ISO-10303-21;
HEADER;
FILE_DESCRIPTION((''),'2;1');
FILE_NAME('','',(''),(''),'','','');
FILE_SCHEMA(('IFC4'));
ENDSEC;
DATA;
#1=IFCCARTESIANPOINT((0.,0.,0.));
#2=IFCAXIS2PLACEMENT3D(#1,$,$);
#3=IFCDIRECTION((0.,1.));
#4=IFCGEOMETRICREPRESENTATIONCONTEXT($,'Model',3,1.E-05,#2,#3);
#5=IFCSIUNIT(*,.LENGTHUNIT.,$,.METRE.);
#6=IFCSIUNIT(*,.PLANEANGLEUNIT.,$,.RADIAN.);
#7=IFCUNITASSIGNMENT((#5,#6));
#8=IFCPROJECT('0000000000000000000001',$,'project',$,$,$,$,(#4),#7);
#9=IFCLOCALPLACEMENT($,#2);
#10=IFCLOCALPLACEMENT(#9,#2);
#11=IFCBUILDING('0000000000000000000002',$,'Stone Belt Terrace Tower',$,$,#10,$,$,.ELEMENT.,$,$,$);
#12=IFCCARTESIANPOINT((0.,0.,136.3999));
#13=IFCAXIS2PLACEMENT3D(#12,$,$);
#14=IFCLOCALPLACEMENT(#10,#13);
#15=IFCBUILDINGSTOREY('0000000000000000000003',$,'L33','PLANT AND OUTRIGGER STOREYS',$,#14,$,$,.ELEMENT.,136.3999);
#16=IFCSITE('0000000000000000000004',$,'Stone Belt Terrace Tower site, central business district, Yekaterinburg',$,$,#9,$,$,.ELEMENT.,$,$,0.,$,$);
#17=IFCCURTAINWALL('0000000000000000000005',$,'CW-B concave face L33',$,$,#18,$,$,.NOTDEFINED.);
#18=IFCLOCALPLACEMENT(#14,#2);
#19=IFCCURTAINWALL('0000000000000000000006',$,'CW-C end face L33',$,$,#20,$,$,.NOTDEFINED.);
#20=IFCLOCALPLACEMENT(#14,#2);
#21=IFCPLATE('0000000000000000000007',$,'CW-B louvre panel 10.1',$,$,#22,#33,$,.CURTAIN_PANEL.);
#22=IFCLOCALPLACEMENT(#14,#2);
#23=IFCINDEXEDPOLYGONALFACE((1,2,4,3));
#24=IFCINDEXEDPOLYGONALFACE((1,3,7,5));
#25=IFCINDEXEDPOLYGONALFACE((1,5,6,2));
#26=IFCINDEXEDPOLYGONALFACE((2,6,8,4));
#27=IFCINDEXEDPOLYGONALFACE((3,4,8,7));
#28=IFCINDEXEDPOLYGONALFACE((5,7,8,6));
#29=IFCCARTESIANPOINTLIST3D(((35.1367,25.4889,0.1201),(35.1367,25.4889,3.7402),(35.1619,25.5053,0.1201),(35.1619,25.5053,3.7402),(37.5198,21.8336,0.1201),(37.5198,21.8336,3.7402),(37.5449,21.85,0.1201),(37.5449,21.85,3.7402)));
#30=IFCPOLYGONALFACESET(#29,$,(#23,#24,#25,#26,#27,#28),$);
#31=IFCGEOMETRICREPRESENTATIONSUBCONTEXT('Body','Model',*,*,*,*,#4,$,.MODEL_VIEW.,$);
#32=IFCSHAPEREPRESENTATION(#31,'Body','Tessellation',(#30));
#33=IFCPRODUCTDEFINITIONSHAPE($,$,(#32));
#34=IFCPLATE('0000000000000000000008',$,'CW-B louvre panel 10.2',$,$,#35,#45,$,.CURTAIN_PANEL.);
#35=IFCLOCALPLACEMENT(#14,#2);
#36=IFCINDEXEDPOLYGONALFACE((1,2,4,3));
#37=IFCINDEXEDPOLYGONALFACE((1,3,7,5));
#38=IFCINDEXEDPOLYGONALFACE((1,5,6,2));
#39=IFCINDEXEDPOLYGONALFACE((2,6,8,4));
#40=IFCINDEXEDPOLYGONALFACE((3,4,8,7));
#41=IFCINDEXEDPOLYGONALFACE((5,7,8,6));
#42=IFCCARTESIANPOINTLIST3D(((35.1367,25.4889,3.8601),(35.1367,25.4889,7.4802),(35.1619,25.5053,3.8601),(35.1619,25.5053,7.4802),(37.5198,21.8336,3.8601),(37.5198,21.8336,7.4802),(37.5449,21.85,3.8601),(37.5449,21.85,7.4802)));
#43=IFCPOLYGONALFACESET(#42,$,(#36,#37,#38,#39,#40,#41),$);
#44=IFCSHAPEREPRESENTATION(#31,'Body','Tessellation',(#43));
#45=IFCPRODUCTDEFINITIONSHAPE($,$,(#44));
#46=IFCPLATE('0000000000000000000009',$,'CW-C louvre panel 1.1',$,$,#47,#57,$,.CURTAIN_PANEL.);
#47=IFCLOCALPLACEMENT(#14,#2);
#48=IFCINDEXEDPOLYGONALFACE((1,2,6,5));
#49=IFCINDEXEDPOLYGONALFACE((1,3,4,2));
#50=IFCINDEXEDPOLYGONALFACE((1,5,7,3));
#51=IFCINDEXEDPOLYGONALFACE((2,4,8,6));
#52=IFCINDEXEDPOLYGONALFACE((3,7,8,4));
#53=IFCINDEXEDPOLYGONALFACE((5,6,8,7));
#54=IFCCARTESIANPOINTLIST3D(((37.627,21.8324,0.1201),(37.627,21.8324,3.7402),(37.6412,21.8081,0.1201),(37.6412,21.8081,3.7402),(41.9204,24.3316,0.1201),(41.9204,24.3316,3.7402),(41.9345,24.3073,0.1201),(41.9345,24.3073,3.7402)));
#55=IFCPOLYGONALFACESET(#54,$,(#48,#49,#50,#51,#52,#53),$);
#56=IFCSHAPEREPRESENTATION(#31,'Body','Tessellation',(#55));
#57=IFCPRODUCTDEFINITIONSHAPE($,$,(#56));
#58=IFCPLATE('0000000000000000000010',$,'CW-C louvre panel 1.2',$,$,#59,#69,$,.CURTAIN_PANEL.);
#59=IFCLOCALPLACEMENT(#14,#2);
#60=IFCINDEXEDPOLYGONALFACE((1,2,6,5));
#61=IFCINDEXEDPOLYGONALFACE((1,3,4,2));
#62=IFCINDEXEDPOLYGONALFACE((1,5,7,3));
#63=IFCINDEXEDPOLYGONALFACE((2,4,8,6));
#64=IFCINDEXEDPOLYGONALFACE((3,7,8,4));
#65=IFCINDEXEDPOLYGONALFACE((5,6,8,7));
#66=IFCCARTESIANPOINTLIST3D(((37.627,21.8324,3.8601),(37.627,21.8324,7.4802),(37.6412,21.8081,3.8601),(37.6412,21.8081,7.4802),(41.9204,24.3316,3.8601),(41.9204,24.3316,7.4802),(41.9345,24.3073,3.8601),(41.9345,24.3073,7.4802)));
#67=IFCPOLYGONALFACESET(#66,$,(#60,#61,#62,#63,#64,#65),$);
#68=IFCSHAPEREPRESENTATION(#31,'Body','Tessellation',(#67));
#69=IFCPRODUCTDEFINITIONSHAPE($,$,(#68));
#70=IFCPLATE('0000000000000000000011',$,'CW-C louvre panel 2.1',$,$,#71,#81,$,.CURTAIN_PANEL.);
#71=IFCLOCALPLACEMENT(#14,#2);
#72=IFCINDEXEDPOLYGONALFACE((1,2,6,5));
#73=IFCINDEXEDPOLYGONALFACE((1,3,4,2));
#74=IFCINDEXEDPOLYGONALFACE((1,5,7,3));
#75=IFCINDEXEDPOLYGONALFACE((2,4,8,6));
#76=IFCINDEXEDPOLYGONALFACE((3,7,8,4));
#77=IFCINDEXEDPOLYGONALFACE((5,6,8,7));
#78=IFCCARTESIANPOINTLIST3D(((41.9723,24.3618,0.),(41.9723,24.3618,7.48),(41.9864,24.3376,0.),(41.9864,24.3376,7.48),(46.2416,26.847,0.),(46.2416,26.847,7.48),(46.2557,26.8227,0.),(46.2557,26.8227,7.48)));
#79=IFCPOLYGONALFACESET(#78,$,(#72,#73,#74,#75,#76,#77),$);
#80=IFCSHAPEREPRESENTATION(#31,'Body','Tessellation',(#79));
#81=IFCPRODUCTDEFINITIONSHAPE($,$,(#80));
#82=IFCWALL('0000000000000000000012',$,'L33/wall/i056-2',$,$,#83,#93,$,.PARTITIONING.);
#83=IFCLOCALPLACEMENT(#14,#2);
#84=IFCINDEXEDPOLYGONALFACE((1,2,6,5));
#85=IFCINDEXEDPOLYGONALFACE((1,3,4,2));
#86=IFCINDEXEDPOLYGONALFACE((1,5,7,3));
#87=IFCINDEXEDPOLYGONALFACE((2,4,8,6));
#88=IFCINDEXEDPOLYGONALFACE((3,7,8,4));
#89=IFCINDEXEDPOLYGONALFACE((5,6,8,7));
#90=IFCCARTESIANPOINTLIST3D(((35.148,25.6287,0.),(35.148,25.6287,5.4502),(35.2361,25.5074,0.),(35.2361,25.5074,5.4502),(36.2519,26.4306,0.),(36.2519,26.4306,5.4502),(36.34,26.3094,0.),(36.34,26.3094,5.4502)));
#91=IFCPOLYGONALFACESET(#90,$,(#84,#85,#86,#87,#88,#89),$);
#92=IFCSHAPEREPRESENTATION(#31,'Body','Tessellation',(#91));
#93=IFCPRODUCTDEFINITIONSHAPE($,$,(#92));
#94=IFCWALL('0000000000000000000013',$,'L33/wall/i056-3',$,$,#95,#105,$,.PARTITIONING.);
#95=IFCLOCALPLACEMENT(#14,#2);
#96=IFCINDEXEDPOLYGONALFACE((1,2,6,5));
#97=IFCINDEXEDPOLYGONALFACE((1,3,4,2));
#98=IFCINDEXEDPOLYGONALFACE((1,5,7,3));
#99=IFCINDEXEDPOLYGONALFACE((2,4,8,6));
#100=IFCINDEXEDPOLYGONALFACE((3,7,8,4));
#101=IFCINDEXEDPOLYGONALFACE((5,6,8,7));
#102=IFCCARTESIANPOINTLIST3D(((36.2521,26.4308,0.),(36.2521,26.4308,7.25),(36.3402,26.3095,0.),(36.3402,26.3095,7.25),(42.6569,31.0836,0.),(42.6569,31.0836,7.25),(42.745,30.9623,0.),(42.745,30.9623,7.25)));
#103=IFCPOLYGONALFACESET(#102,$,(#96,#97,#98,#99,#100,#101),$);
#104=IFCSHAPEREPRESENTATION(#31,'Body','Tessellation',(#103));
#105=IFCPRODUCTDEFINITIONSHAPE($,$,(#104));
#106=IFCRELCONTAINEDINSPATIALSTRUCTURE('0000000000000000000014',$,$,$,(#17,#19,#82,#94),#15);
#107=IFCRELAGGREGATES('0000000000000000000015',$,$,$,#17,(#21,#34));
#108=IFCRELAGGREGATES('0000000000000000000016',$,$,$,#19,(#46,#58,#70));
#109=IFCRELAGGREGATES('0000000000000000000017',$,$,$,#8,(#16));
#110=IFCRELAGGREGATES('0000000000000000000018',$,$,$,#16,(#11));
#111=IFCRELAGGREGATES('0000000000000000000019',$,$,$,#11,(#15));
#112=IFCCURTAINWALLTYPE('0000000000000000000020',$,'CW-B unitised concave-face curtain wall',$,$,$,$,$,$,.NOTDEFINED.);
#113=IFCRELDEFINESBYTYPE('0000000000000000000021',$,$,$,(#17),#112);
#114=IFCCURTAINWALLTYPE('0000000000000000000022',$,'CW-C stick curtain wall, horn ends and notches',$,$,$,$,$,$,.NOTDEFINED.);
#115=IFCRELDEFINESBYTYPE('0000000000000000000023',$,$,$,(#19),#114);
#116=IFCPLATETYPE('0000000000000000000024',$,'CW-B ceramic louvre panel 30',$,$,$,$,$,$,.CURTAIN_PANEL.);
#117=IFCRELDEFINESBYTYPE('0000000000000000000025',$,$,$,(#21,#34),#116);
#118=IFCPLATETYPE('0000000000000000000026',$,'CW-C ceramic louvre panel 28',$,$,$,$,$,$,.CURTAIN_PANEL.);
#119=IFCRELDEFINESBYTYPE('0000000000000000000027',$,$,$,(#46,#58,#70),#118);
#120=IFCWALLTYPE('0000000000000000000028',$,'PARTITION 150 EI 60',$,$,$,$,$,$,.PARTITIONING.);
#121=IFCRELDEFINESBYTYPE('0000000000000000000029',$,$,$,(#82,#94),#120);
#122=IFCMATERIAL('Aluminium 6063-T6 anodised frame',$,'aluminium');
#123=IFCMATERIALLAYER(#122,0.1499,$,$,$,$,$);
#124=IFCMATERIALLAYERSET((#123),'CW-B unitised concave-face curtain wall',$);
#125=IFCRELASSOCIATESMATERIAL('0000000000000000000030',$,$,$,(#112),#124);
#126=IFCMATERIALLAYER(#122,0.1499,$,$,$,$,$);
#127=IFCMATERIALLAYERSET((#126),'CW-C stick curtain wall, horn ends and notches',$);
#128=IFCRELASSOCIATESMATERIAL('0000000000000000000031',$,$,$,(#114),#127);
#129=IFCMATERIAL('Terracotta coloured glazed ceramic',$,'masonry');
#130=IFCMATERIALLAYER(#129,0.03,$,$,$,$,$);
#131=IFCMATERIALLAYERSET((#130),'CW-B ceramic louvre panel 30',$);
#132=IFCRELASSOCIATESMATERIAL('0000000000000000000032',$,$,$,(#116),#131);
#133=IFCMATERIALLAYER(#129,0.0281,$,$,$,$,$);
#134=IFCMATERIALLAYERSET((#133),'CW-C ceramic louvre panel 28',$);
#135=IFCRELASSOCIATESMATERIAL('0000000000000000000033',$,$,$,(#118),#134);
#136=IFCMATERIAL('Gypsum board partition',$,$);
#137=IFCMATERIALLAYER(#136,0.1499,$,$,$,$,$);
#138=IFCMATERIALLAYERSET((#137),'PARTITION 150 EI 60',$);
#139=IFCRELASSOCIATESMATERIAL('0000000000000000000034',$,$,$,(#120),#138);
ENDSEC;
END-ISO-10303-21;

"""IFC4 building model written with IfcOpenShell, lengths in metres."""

from ifc_helpers import new_model, si_unit, direction, frame, frame_2d, origin, origin_2d, place, context, subcontext, project, spatial, rectangle, extrude, material, layer, layer_set, type_object, element, aggregate, save


model = new_model("IFC4")

# Units and contexts
model_context = context("Model", 3, precision=1e-05, world=origin(), true_north=direction((0.0, 1.0)))
body_context = subcontext(model_context, "Body", "Model", "MODEL_VIEW")
ifc_project = project(units=[si_unit("LENGTHUNIT", "METRE"), si_unit("PLANEANGLEUNIT", "RADIAN")], contexts=[model_context])

# Site, building, storey
site_placement = place(None, origin())
site = spatial("IfcSite", under=ifc_project, at=site_placement, Name="Stone Belt Terrace Tower site, central business district, Yekaterinburg", CompositionType="ELEMENT", RefElevation=0.0)
building_placement = place(site_placement, origin())
building = spatial("IfcBuilding", under=site, at=building_placement, Name="Stone Belt Terrace Tower", CompositionType="ELEMENT")
storey_placement = place(building_placement, frame((0.0, 0.0, 136.3999)))
storey = spatial("IfcBuildingStorey", under=building, at=storey_placement, Name="L33", Description="PLANT AND OUTRIGGER STOREYS", CompositionType="ELEMENT", Elevation=136.3999)

# Curtain walls
ifc_material_1 = material(Name="Aluminium 6063-T6 anodised frame", Category="aluminium")
ifc_layer_1 = layer(ifc_material_1, 0.1499)
ifc_layer_set_1 = layer_set([ifc_layer_1], Name="CW-B unitised concave-face curtain wall")
curtain_wall_type_1 = type_object("IfcCurtainWallType", Name="CW-B unitised concave-face curtain wall", PredefinedType="NOTDEFINED", material=ifc_layer_set_1)
curtain_wall_1_placement = place(storey_placement, origin())
curtain_wall_1 = element("IfcCurtainWall", 1, at=curtain_wall_1_placement, inside=storey, type_object=curtain_wall_type_1, Name="CW-B concave face L33", PredefinedType="NOTDEFINED")
ifc_layer_2 = layer(ifc_material_1, 0.1499)
ifc_layer_set_2 = layer_set([ifc_layer_2], Name="CW-C stick curtain wall, horn ends and notches")
curtain_wall_type_2 = type_object("IfcCurtainWallType", Name="CW-C stick curtain wall, horn ends and notches", PredefinedType="NOTDEFINED", material=ifc_layer_set_2)
curtain_wall_2_placement = place(storey_placement, origin())
curtain_wall_2 = element("IfcCurtainWall", 2, at=curtain_wall_2_placement, inside=storey, type_object=curtain_wall_type_2, Name="CW-C end face L33", PredefinedType="NOTDEFINED")

# Plates
ifc_material_2 = material(Name="Terracotta coloured glazed ceramic", Category="masonry")
ifc_layer_3 = layer(ifc_material_2, 0.03)
ifc_layer_set_3 = layer_set([ifc_layer_3], Name="CW-B ceramic louvre panel 30")
plate_type_1 = type_object("IfcPlateType", Name="CW-B ceramic louvre panel 30", PredefinedType="CURTAIN_PANEL", material=ifc_layer_set_3)
plate_1_placement = place(storey_placement, frame((36.3408, 23.6694, 0.1201), z_axis=(0.0, 0.0, 1.0), x_axis=(0.546132, -0.837699, 0.0)))
plate_1 = element("IfcPlate", 3, at=plate_1_placement, type_object=plate_type_1, Name="CW-B louvre panel 10.1", PredefinedType="CURTAIN_PANEL", context=body_context, shape_type="SweptSolid", body=[
    extrude(rectangle(XDim=4.3635, YDim=0.03, at=origin_2d()), origin(), (0.0, 0.0, 1.0), 3.6201),
])
plate_2_placement = place(storey_placement, frame((36.3408, 23.6694, 3.8601), z_axis=(0.0, 0.0, 1.0), x_axis=(0.546132, -0.837699, 0.0)))
plate_2 = element("IfcPlate", 4, at=plate_2_placement, type_object=plate_type_1, Name="CW-B louvre panel 10.2", PredefinedType="CURTAIN_PANEL", context=body_context, shape_type="SweptSolid", body=[
    extrude(rectangle(XDim=4.3635, YDim=0.03, at=origin_2d()), origin(), (0.0, 0.0, 1.0), 3.6201),
])
aggregate(curtain_wall_1, [plate_1, plate_2])
ifc_layer_4 = layer(ifc_material_2, 0.0281)
ifc_layer_set_4 = layer_set([ifc_layer_4], Name="CW-C ceramic louvre panel 28")
plate_type_2 = type_object("IfcPlateType", Name="CW-C ceramic louvre panel 28", PredefinedType="CURTAIN_PANEL", material=ifc_layer_set_4)
plate_3_placement = place(storey_placement, frame((39.7808, 23.0698, 0.1201), z_axis=(0.0, 0.0, 1.0), x_axis=(0.864239, 0.503081, 0.0)))
plate_3 = element("IfcPlate", 5, at=plate_3_placement, type_object=plate_type_2, Name="CW-C louvre panel 1.1", PredefinedType="CURTAIN_PANEL", context=body_context, shape_type="SweptSolid", body=[
    extrude(rectangle(XDim=4.9678, YDim=0.0281, at=origin_2d()), origin(), (0.0, 0.0, 1.0), 3.6201),
])
plate_4_placement = place(storey_placement, frame((39.7808, 23.0698, 3.8601), z_axis=(0.0, 0.0, 1.0), x_axis=(0.864239, 0.503081, 0.0)))
plate_4 = element("IfcPlate", 6, at=plate_4_placement, type_object=plate_type_2, Name="CW-C louvre panel 1.2", PredefinedType="CURTAIN_PANEL", context=body_context, shape_type="SweptSolid", body=[
    extrude(rectangle(XDim=4.9678, YDim=0.0281, at=origin_2d()), origin(), (0.0, 0.0, 1.0), 3.6201),
])
plate_5_placement = place(storey_placement, frame((44.114, 25.5923, 0.0), z_axis=(0.0, 0.0, 1.0), x_axis=(0.864239, 0.503081, 0.0)))
plate_5 = element("IfcPlate", 7, at=plate_5_placement, type_object=plate_type_2, Name="CW-C louvre panel 2.1", PredefinedType="CURTAIN_PANEL", context=body_context, shape_type="SweptSolid", body=[
    extrude(rectangle(XDim=4.9399, YDim=0.0281, at=origin_2d()), origin(), (0.0, 0.0, 1.0), 7.48),
])
aggregate(curtain_wall_2, [plate_3, plate_4, plate_5])

# Walls
ifc_material_3 = material(Name="Gypsum board partition")
ifc_layer_5 = layer(ifc_material_3, 0.1499)
ifc_layer_set_5 = layer_set([ifc_layer_5], Name="PARTITION 150 EI 60")
wall_type = type_object("IfcWallType", Name="PARTITION 150 EI 60", PredefinedType="PARTITIONING", material=ifc_layer_set_5)
wall_1_placement = place(storey_placement, frame((35.1921, 25.5681, 0.0), z_axis=(0.0, 0.0, 1.0), x_axis=(0.809053, 0.587735, 0.0)))
element("IfcWall", 8, at=wall_1_placement, inside=storey, type_object=wall_type, Name="L33/wall/i056-2", PredefinedType="PARTITIONING", context=body_context, shape_type="SweptSolid", body=[
    extrude(rectangle(XDim=1.3645, YDim=0.1499, at=frame_2d((0.6821, 0.0))), origin(), (0.0, 0.0, 1.0), 5.4502),
])
wall_2_placement = place(storey_placement, frame((36.2961, 26.3701, 0.0), z_axis=(0.0, 0.0, 1.0), x_axis=(0.809048, 0.587743, 0.0)))
element("IfcWall", 9, at=wall_2_placement, inside=storey, type_object=wall_type, Name="L33/wall/i056-3", PredefinedType="PARTITIONING", context=body_context, shape_type="SweptSolid", body=[
    extrude(rectangle(XDim=7.9165, YDim=0.1499, at=frame_2d((3.9583, 0.0))), origin(), (0.0, 0.0, 1.0), 7.25),
])

save(model, "model.ifc")
